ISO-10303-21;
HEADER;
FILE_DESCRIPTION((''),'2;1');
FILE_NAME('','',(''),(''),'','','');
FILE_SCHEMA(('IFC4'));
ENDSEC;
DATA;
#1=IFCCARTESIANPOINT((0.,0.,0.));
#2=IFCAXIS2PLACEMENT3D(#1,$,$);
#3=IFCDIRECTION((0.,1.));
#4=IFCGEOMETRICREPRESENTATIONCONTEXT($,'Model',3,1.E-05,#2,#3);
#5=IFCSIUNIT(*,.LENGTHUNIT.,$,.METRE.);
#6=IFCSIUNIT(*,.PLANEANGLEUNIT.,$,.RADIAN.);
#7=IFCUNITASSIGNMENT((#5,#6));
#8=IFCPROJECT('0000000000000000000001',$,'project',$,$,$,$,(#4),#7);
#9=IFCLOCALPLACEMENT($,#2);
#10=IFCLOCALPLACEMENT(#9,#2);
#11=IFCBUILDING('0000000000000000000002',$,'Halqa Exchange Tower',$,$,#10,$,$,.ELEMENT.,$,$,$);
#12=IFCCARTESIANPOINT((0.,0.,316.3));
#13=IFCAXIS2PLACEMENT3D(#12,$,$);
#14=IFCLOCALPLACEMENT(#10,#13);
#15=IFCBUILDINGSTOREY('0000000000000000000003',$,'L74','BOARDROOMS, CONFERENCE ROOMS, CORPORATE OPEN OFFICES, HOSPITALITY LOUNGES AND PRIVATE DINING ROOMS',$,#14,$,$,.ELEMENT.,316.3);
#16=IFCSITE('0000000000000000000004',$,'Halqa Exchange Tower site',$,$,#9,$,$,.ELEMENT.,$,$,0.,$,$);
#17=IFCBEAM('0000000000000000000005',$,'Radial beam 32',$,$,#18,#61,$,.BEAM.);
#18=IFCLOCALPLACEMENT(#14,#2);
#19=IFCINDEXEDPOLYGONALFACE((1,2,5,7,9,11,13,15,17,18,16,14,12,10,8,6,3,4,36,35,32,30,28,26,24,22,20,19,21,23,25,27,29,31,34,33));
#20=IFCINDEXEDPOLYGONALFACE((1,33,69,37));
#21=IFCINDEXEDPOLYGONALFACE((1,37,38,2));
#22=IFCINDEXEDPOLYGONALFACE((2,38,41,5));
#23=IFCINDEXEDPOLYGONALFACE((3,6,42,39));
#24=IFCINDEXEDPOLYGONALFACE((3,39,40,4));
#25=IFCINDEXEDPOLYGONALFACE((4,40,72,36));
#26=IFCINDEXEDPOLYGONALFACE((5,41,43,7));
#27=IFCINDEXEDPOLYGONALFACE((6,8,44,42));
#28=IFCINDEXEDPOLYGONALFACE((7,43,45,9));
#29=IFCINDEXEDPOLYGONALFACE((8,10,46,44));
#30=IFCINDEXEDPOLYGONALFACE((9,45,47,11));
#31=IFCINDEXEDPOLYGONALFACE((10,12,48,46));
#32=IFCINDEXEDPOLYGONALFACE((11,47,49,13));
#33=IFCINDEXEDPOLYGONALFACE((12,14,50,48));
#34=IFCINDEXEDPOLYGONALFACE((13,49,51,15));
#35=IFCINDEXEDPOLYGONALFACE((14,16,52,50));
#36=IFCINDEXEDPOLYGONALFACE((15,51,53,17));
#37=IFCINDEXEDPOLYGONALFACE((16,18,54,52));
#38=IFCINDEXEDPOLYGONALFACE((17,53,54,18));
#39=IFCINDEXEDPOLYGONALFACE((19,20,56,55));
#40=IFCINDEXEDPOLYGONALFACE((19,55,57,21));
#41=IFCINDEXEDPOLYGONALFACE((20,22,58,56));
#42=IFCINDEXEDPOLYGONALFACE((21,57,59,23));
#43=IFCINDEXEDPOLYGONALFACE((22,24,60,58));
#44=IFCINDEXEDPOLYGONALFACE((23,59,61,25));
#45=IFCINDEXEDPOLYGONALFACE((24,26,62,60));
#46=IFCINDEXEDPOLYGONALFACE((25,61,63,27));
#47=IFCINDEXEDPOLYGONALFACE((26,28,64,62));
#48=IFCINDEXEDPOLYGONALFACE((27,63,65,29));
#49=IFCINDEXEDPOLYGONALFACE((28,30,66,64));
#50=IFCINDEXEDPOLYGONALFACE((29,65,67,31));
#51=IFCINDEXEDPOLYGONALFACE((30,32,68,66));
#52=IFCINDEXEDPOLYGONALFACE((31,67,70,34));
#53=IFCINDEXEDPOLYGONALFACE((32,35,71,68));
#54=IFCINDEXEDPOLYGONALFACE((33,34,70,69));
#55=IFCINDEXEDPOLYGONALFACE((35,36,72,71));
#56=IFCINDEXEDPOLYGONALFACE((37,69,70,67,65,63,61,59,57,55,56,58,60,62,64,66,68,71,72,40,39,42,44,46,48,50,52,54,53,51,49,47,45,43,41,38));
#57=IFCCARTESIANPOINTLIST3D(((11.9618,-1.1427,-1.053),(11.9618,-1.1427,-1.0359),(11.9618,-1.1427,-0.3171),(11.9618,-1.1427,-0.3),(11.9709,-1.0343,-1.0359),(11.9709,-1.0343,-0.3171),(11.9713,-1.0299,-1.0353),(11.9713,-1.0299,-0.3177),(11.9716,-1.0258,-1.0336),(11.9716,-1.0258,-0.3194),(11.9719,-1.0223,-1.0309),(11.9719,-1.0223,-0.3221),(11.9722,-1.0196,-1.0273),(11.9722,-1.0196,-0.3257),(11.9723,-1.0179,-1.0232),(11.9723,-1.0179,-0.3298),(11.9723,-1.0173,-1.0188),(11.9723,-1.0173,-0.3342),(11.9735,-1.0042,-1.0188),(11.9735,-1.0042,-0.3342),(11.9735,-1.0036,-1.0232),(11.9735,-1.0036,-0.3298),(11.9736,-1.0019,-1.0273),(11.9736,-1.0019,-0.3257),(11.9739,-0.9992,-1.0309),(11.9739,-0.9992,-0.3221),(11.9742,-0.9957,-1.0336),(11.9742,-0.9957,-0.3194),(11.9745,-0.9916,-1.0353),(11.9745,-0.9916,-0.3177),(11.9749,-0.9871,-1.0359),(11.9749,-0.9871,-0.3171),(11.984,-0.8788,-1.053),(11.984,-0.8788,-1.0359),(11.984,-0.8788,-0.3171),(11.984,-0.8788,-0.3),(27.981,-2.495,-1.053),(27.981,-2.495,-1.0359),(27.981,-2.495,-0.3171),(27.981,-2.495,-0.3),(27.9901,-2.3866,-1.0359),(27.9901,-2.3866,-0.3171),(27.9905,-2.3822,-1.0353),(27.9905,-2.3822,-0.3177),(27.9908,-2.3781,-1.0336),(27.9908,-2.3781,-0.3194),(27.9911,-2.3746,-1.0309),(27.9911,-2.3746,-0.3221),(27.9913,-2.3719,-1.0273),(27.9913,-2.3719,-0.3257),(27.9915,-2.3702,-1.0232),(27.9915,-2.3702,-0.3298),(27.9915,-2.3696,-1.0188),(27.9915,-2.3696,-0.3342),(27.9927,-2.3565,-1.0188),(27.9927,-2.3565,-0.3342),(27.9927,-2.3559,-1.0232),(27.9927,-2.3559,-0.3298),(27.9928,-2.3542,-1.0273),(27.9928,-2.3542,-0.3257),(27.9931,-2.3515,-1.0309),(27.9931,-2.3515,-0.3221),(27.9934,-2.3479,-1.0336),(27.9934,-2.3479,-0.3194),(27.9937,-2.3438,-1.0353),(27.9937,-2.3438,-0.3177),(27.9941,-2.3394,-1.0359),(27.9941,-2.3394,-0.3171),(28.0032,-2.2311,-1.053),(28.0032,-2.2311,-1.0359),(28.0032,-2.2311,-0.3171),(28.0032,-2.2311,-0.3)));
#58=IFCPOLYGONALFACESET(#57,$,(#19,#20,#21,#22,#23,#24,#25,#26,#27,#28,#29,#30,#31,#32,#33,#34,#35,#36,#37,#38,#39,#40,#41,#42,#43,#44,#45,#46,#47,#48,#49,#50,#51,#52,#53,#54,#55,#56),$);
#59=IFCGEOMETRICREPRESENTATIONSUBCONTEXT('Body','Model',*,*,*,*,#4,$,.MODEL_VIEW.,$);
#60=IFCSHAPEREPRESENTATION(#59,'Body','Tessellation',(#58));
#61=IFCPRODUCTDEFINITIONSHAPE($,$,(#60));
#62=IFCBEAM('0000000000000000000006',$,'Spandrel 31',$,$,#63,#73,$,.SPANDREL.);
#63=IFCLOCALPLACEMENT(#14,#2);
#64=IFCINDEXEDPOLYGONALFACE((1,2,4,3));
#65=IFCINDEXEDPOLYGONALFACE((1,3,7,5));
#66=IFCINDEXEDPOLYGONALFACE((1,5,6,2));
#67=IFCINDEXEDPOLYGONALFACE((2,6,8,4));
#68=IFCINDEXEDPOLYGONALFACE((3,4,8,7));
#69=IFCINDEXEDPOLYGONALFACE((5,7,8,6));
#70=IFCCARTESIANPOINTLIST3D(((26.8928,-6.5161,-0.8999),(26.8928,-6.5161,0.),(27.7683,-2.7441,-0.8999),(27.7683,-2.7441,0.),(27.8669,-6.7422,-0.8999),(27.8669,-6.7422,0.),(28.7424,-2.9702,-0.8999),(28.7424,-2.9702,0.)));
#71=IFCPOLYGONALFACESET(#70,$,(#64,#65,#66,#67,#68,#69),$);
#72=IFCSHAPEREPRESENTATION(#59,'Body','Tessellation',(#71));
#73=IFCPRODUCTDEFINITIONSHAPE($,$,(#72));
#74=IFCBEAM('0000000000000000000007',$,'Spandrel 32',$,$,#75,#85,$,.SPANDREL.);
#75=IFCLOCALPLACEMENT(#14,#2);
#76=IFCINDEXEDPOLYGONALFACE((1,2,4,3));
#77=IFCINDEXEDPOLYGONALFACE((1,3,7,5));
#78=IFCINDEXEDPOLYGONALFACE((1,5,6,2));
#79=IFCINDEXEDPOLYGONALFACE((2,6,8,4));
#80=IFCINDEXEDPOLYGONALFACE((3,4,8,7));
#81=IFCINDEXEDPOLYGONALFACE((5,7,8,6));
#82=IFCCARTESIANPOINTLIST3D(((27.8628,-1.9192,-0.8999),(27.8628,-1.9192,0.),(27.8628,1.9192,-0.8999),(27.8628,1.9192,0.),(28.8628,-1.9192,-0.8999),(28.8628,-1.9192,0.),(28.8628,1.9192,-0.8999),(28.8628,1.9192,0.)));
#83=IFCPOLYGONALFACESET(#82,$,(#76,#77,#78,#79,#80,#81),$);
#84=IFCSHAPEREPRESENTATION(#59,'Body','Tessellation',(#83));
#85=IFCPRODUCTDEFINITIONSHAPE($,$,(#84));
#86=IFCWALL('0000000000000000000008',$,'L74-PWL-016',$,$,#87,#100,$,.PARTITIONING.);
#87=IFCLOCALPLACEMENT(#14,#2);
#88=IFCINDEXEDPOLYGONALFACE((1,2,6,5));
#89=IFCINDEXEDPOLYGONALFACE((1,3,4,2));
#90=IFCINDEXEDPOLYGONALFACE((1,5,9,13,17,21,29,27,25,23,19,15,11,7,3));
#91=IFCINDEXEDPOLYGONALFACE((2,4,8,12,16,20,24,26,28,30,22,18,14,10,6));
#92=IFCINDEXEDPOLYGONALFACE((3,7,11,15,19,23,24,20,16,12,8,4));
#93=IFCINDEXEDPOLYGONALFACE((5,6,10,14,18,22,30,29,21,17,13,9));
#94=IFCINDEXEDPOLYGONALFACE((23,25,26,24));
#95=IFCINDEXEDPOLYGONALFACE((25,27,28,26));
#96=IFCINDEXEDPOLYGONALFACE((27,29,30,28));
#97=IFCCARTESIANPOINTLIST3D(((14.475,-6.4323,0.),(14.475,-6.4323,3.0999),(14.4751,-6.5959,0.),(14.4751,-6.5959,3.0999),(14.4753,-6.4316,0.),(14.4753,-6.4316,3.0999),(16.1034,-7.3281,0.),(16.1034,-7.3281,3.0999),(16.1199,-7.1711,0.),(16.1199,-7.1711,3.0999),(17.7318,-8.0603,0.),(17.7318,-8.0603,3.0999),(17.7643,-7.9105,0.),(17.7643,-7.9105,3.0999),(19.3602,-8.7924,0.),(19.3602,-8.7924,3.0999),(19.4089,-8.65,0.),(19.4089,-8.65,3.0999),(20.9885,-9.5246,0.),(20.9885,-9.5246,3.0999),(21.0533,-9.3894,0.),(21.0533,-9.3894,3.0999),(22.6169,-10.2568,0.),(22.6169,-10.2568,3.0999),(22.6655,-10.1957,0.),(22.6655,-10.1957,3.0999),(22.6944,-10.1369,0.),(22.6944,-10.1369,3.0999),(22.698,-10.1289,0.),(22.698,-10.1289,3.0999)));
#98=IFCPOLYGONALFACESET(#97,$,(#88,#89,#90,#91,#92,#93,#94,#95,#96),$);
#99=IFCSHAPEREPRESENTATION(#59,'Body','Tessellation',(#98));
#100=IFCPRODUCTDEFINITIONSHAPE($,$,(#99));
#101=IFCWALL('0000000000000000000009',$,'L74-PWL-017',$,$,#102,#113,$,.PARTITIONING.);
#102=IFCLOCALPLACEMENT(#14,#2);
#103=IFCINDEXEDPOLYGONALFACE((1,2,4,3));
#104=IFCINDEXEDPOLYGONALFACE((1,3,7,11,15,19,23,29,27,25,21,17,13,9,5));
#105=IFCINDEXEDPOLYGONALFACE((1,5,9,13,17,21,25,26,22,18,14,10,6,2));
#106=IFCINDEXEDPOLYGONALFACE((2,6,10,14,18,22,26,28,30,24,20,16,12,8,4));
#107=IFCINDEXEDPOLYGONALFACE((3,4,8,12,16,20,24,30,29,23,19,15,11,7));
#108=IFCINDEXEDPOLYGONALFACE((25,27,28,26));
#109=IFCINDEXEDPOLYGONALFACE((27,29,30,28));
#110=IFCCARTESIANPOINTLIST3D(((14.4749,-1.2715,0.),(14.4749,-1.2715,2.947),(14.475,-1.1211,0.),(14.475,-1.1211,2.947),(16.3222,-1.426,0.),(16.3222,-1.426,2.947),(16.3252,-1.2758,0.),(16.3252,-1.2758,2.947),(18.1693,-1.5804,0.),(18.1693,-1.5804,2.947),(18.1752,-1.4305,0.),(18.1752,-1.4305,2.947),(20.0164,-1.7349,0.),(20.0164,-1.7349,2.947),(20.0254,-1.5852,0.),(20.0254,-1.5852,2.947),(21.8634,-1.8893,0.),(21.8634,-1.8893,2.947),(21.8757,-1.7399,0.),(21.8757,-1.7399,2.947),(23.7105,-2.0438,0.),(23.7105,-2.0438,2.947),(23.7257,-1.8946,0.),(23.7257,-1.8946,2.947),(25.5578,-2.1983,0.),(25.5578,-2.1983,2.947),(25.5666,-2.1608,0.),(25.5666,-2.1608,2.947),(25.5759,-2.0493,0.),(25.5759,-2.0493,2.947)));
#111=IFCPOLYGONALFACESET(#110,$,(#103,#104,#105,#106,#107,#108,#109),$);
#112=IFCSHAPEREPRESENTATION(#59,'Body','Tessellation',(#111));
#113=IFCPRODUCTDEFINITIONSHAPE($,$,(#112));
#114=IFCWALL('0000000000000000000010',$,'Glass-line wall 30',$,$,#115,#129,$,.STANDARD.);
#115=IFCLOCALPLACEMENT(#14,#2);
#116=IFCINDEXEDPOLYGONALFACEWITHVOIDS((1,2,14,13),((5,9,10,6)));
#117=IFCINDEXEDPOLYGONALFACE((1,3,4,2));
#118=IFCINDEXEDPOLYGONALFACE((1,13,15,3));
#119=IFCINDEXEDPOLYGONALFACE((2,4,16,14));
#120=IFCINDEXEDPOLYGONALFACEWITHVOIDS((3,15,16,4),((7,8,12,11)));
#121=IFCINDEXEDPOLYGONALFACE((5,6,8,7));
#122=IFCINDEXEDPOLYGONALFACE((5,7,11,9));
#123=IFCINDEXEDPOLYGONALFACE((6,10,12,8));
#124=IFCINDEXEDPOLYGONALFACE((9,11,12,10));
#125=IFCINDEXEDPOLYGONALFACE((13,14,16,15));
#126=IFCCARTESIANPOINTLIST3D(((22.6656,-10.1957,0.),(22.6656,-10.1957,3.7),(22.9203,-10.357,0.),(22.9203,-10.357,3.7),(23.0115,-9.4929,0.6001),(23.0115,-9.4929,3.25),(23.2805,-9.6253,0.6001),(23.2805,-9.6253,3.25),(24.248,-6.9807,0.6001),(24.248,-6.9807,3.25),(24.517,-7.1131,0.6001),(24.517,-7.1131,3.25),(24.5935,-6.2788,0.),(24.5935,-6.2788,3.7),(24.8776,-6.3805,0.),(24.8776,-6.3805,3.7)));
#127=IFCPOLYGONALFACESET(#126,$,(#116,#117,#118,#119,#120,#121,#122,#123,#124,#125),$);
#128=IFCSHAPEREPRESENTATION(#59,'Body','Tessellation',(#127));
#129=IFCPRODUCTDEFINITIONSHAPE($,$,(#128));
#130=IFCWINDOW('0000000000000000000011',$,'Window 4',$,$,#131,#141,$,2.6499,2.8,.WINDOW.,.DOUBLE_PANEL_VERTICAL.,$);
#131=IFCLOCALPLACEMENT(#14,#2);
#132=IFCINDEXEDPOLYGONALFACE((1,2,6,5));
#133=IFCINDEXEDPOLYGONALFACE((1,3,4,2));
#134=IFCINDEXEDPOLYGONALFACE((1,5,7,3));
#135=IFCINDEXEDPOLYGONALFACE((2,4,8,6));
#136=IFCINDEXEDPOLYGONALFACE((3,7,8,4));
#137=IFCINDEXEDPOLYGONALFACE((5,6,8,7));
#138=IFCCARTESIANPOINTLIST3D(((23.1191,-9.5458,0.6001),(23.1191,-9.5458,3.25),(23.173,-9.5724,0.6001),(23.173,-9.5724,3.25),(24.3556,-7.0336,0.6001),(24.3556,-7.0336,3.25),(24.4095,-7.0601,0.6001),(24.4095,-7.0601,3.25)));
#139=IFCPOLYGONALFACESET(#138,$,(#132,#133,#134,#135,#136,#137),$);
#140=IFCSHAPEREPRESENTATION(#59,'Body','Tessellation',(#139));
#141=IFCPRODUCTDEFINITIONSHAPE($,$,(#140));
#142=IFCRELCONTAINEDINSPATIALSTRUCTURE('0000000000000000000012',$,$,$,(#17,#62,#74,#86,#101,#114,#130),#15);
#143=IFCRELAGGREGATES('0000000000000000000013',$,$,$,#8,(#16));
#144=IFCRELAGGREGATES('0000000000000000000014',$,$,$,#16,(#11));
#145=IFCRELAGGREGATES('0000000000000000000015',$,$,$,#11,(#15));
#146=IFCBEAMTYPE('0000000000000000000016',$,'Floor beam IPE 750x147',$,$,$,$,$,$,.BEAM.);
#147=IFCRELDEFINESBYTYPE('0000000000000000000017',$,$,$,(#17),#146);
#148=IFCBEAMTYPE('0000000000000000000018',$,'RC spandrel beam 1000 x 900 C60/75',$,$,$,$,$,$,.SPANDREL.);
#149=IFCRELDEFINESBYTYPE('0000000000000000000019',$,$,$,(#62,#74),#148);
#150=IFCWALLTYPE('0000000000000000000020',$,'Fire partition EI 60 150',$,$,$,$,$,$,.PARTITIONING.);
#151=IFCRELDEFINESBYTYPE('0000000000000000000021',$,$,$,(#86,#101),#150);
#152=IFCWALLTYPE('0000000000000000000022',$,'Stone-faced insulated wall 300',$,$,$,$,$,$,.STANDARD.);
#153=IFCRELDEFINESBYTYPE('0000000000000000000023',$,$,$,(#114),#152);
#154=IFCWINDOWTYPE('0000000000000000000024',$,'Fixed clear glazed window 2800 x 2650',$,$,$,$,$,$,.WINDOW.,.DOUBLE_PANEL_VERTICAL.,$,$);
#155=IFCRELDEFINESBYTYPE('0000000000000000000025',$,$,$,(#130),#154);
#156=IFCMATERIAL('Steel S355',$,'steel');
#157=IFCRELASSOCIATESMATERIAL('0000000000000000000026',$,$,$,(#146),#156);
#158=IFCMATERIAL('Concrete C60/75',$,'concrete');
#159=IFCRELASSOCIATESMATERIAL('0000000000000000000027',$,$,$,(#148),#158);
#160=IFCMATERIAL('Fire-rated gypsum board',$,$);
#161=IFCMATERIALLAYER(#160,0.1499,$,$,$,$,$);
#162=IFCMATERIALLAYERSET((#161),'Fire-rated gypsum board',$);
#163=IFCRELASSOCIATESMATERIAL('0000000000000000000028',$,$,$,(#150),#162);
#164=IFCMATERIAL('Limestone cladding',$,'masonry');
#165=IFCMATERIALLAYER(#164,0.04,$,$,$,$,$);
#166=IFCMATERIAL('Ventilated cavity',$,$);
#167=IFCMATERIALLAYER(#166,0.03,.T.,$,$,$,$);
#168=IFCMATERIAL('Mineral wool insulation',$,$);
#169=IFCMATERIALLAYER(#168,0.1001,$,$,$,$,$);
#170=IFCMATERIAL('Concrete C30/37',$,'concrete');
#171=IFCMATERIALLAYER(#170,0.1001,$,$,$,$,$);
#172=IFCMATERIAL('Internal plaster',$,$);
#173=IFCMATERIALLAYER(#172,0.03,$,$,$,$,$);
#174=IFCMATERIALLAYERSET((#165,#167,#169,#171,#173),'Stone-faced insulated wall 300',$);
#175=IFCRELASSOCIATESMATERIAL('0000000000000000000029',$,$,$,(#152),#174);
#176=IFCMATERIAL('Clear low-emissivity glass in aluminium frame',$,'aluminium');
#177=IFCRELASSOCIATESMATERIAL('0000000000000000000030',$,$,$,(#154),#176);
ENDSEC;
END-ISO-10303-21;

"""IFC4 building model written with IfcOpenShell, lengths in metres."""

from ifc_helpers import new_model, si_unit, direction, frame, frame_2d, origin, origin_2d, place, context, subcontext, project, spatial, polyline, rectangle, i_section, outline, extrude, material, layer, layer_set, material_profile, profile_set, type_object, element, fill, save


model = new_model("IFC4")

# Units and contexts
model_context = context("Model", 3, precision=1e-05, world=origin(), true_north=direction((0.0, 1.0)))
body_context = subcontext(model_context, "Body", "Model", "MODEL_VIEW")
ifc_project = project(units=[si_unit("LENGTHUNIT", "METRE"), si_unit("PLANEANGLEUNIT", "RADIAN")], contexts=[model_context])

# Site, building, storey
site_placement = place(None, origin())
site = spatial("IfcSite", under=ifc_project, at=site_placement, Name="Halqa Exchange Tower site", CompositionType="ELEMENT", RefElevation=0.0)
building_placement = place(site_placement, origin())
building = spatial("IfcBuilding", under=site, at=building_placement, Name="Halqa Exchange Tower", CompositionType="ELEMENT")
storey_placement = place(building_placement, frame((0.0, 0.0, 316.3)))
storey = spatial("IfcBuildingStorey", under=building, at=storey_placement, Name="L74", Description="BOARDROOMS, CONFERENCE ROOMS, CORPORATE OPEN OFFICES, HOSPITALITY LOUNGES AND PRIVATE DINING ROOMS", CompositionType="ELEMENT", Elevation=316.3)

# Beams
ifc_material_1 = material(Name="Steel S355", Category="steel")
ifc_material_profile_1 = material_profile(ifc_material_1, i_section(OverallWidth=0.2649, OverallDepth=0.7529, WebThickness=0.0132, FlangeThickness=0.0171, FilletRadius=0.0171, at=origin_2d()), Name="IPE 750x147")
ifc_profile_set_1 = profile_set([ifc_material_profile_1], Name="Steel S355")
beam_type_1 = type_object("IfcBeamType", Name="Floor beam IPE 750x147", PredefinedType="BEAM", material=ifc_profile_set_1)
beam_1_placement = place(storey_placement, frame((11.9729, -1.0107, -0.6765), z_axis=(0.996456, -0.084117, 0.0), x_axis=(0.084117, 0.996456, 0.0)))
element("IfcBeam", 1, at=beam_1_placement, inside=storey, type_object=beam_type_1, Name="Radial beam 32", PredefinedType="BEAM", context=body_context, shape_type="SweptSolid", body=[
    extrude(i_section(OverallWidth=0.2649, OverallDepth=0.7529, WebThickness=0.0132, FlangeThickness=0.0171, FilletRadius=0.0171, at=origin_2d()), origin(), (0.0, 0.0, 1.0), 16.0762),
])
ifc_material_2 = material(Name="Concrete C60/75", Category="concrete")
ifc_material_profile_2 = material_profile(ifc_material_2, rectangle(XDim=1.0, YDim=0.8999, at=origin_2d()), Name="1000 x 900")
ifc_profile_set_2 = profile_set([ifc_material_profile_2], Name="Concrete C60/75")
beam_type_2 = type_object("IfcBeamType", Name="RC spandrel beam 1000 x 900 C60/75", PredefinedType="SPANDREL", material=ifc_profile_set_2)
beam_2_placement = place(storey_placement, frame((27.3799, -6.6292, -0.45), z_axis=(0.226093, 0.974106, 0.0), x_axis=(-0.974106, 0.226093, 0.0)))
element("IfcBeam", 2, at=beam_2_placement, inside=storey, type_object=beam_type_2, Name="Spandrel 31", PredefinedType="SPANDREL", context=body_context, shape_type="SweptSolid", body=[
    extrude(rectangle(XDim=1.0, YDim=0.8999, at=origin_2d()), origin(), (0.0, 0.0, 1.0), 3.8723),
])
beam_3_placement = place(storey_placement, frame((28.3628, -1.9192, -0.45), z_axis=(0.0, 1.0, 0.0), x_axis=(-1.0, 0.0, 0.0)))
element("IfcBeam", 3, at=beam_3_placement, inside=storey, type_object=beam_type_2, Name="Spandrel 32", PredefinedType="SPANDREL", context=body_context, shape_type="SweptSolid", body=[
    extrude(rectangle(XDim=1.0, YDim=0.8999, at=origin_2d()), origin(), (0.0, 0.0, 1.0), 3.8384),
])

# Walls
ifc_material_3 = material(Name="Fire-rated gypsum board")
ifc_layer_1 = layer(ifc_material_3, 0.1499)
ifc_layer_set_1 = layer_set([ifc_layer_1], Name="Fire-rated gypsum board")
wall_type_1 = type_object("IfcWallType", Name="Fire partition EI 60 150", PredefinedType="PARTITIONING", material=ifc_layer_set_1)
wall_1_placement = place(storey_placement, frame((14.4446, -6.5, 0.0), z_axis=(0.0, 0.0, 1.0), x_axis=(0.912043, -0.410094, 0.0)))
element("IfcWall", 4, at=wall_1_placement, inside=storey, type_object=wall_type_1, Name="L74-PWL-016", PredefinedType="PARTITIONING", context=body_context, shape_type="SweptSolid", body=[
    extrude(outline(polyline([(0.0671, -0.075), (1.8525, -0.075), (3.6379, -0.075), (5.4233, -0.075), (7.2087, -0.075), (8.9941, -0.075), (9.0134, 0.0007), (9.0156, 0.0662), (9.0156, 0.075), (7.2124, 0.075), (5.4094, 0.075), (3.6062, 0.075), (1.8032, 0.075), (0.0, 0.075), (0.0, 0.0742), (0.0671, -0.075)])), origin(), (0.0, 0.0, 1.0), 3.0999),
])
wall_2_placement = place(storey_placement, frame((14.4688, -1.1958, 0.0), z_axis=(0.0, 0.0, 1.0), x_axis=(0.996522, -0.083327, 0.0)))
element("IfcWall", 5, at=wall_2_placement, inside=storey, type_object=wall_type_1, Name="L74-PWL-017", PredefinedType="PARTITIONING", context=body_context, shape_type="SweptSolid", body=[
    extrude(outline(polyline([(0.0125, -0.075), (1.8662, -0.075), (3.7197, -0.075), (5.5732, -0.075), (7.4268, -0.075), (9.2803, -0.075), (11.134, -0.075), (11.1396, -0.0369), (11.1396, 0.075), (9.283, 0.075), (7.4265, 0.075), (5.5698, 0.075), (3.7131, 0.075), (1.8567, 0.075), (0.0, 0.075), (0.0125, -0.075)])), origin(), (0.0, 0.0, 1.0), 2.947),
])

# Wall, opening, window
ifc_material_4 = material(Name="Limestone cladding", Category="masonry")
ifc_layer_2 = layer(ifc_material_4, 0.04)
ifc_material_5 = material(Name="Ventilated cavity")
ifc_layer_3 = layer(ifc_material_5, 0.03, ventilated=True)
ifc_material_6 = material(Name="Mineral wool insulation")
ifc_layer_4 = layer(ifc_material_6, 0.1001)
ifc_material_7 = material(Name="Concrete C30/37", Category="concrete")
ifc_layer_5 = layer(ifc_material_7, 0.1001)
ifc_material_8 = material(Name="Internal plaster")
ifc_layer_6 = layer(ifc_material_8, 0.03)
ifc_layer_set_2 = layer_set([ifc_layer_2, ifc_layer_3, ifc_layer_4, ifc_layer_5, ifc_layer_6], Name="Stone-faced insulated wall 300")
wall_type_2 = type_object("IfcWallType", Name="Stone-faced insulated wall 300", PredefinedType="STANDARD", material=ifc_layer_set_2)
wall_3_placement = place(storey_placement, frame((22.793, -10.2764, 0.0), z_axis=(0.0, 0.0, 1.0), x_axis=(0.44161, 0.897207, 0.0)))
wall_3 = element("IfcWall", 6, at=wall_3_placement, inside=storey, type_object=wall_type_2, Name="Glass-line wall 30", PredefinedType="STANDARD", context=body_context, shape_type="SweptSolid", body=[
    extrude(outline(polyline([(-0.0161, -0.1499), (4.416, -0.1499), (4.3818, 0.1499), (0.0161, 0.1499), (-0.0161, -0.1499)])), origin(), (0.0, 0.0, 1.0), 3.7),
])
opening_1_placement = place(wall_3_placement, frame((0.7996, 0.0, 0.6001)))
opening_1 = element("IfcOpeningElement", 7, at=opening_1_placement, cuts=wall_3, PredefinedType="OPENING", context=body_context, shape_type="SweptSolid", body=[
    extrude(rectangle(XDim=2.8, YDim=2.6499, at=frame_2d((1.3999, 1.325))), frame((0.0, 0.1621, 0.0), z_axis=(0.0, -1.0, 0.0), x_axis=(1.0, 0.0, 0.0)), (0.0, 0.0, 1.0), 0.324),
])
ifc_material_9 = material(Name="Clear low-emissivity glass in aluminium frame", Category="aluminium")
window_type = type_object("IfcWindowType", Name="Fixed clear glazed window 2800 x 2650", PartitioningType="DOUBLE_PANEL_VERTICAL", PredefinedType="WINDOW", material=ifc_material_9)
window_1_placement = place(opening_1_placement, origin())
window_1 = element("IfcWindow", 8, at=window_1_placement, inside=storey, type_object=window_type, Name="Window 4", OverallHeight=2.6499, OverallWidth=2.8, PartitioningType="DOUBLE_PANEL_VERTICAL", PredefinedType="WINDOW", context=body_context, shape_type="SweptSolid", body=[
    extrude(rectangle(XDim=2.8, YDim=2.6499, at=frame_2d((1.3999, 1.325))), frame((0.0, 0.03, 0.0), z_axis=(0.0, -1.0, 0.0), x_axis=(1.0, 0.0, 0.0)), (0.0, 0.0, 1.0), 0.0601),
])
fill(opening_1, window_1)

save(model, "model.ifc")
